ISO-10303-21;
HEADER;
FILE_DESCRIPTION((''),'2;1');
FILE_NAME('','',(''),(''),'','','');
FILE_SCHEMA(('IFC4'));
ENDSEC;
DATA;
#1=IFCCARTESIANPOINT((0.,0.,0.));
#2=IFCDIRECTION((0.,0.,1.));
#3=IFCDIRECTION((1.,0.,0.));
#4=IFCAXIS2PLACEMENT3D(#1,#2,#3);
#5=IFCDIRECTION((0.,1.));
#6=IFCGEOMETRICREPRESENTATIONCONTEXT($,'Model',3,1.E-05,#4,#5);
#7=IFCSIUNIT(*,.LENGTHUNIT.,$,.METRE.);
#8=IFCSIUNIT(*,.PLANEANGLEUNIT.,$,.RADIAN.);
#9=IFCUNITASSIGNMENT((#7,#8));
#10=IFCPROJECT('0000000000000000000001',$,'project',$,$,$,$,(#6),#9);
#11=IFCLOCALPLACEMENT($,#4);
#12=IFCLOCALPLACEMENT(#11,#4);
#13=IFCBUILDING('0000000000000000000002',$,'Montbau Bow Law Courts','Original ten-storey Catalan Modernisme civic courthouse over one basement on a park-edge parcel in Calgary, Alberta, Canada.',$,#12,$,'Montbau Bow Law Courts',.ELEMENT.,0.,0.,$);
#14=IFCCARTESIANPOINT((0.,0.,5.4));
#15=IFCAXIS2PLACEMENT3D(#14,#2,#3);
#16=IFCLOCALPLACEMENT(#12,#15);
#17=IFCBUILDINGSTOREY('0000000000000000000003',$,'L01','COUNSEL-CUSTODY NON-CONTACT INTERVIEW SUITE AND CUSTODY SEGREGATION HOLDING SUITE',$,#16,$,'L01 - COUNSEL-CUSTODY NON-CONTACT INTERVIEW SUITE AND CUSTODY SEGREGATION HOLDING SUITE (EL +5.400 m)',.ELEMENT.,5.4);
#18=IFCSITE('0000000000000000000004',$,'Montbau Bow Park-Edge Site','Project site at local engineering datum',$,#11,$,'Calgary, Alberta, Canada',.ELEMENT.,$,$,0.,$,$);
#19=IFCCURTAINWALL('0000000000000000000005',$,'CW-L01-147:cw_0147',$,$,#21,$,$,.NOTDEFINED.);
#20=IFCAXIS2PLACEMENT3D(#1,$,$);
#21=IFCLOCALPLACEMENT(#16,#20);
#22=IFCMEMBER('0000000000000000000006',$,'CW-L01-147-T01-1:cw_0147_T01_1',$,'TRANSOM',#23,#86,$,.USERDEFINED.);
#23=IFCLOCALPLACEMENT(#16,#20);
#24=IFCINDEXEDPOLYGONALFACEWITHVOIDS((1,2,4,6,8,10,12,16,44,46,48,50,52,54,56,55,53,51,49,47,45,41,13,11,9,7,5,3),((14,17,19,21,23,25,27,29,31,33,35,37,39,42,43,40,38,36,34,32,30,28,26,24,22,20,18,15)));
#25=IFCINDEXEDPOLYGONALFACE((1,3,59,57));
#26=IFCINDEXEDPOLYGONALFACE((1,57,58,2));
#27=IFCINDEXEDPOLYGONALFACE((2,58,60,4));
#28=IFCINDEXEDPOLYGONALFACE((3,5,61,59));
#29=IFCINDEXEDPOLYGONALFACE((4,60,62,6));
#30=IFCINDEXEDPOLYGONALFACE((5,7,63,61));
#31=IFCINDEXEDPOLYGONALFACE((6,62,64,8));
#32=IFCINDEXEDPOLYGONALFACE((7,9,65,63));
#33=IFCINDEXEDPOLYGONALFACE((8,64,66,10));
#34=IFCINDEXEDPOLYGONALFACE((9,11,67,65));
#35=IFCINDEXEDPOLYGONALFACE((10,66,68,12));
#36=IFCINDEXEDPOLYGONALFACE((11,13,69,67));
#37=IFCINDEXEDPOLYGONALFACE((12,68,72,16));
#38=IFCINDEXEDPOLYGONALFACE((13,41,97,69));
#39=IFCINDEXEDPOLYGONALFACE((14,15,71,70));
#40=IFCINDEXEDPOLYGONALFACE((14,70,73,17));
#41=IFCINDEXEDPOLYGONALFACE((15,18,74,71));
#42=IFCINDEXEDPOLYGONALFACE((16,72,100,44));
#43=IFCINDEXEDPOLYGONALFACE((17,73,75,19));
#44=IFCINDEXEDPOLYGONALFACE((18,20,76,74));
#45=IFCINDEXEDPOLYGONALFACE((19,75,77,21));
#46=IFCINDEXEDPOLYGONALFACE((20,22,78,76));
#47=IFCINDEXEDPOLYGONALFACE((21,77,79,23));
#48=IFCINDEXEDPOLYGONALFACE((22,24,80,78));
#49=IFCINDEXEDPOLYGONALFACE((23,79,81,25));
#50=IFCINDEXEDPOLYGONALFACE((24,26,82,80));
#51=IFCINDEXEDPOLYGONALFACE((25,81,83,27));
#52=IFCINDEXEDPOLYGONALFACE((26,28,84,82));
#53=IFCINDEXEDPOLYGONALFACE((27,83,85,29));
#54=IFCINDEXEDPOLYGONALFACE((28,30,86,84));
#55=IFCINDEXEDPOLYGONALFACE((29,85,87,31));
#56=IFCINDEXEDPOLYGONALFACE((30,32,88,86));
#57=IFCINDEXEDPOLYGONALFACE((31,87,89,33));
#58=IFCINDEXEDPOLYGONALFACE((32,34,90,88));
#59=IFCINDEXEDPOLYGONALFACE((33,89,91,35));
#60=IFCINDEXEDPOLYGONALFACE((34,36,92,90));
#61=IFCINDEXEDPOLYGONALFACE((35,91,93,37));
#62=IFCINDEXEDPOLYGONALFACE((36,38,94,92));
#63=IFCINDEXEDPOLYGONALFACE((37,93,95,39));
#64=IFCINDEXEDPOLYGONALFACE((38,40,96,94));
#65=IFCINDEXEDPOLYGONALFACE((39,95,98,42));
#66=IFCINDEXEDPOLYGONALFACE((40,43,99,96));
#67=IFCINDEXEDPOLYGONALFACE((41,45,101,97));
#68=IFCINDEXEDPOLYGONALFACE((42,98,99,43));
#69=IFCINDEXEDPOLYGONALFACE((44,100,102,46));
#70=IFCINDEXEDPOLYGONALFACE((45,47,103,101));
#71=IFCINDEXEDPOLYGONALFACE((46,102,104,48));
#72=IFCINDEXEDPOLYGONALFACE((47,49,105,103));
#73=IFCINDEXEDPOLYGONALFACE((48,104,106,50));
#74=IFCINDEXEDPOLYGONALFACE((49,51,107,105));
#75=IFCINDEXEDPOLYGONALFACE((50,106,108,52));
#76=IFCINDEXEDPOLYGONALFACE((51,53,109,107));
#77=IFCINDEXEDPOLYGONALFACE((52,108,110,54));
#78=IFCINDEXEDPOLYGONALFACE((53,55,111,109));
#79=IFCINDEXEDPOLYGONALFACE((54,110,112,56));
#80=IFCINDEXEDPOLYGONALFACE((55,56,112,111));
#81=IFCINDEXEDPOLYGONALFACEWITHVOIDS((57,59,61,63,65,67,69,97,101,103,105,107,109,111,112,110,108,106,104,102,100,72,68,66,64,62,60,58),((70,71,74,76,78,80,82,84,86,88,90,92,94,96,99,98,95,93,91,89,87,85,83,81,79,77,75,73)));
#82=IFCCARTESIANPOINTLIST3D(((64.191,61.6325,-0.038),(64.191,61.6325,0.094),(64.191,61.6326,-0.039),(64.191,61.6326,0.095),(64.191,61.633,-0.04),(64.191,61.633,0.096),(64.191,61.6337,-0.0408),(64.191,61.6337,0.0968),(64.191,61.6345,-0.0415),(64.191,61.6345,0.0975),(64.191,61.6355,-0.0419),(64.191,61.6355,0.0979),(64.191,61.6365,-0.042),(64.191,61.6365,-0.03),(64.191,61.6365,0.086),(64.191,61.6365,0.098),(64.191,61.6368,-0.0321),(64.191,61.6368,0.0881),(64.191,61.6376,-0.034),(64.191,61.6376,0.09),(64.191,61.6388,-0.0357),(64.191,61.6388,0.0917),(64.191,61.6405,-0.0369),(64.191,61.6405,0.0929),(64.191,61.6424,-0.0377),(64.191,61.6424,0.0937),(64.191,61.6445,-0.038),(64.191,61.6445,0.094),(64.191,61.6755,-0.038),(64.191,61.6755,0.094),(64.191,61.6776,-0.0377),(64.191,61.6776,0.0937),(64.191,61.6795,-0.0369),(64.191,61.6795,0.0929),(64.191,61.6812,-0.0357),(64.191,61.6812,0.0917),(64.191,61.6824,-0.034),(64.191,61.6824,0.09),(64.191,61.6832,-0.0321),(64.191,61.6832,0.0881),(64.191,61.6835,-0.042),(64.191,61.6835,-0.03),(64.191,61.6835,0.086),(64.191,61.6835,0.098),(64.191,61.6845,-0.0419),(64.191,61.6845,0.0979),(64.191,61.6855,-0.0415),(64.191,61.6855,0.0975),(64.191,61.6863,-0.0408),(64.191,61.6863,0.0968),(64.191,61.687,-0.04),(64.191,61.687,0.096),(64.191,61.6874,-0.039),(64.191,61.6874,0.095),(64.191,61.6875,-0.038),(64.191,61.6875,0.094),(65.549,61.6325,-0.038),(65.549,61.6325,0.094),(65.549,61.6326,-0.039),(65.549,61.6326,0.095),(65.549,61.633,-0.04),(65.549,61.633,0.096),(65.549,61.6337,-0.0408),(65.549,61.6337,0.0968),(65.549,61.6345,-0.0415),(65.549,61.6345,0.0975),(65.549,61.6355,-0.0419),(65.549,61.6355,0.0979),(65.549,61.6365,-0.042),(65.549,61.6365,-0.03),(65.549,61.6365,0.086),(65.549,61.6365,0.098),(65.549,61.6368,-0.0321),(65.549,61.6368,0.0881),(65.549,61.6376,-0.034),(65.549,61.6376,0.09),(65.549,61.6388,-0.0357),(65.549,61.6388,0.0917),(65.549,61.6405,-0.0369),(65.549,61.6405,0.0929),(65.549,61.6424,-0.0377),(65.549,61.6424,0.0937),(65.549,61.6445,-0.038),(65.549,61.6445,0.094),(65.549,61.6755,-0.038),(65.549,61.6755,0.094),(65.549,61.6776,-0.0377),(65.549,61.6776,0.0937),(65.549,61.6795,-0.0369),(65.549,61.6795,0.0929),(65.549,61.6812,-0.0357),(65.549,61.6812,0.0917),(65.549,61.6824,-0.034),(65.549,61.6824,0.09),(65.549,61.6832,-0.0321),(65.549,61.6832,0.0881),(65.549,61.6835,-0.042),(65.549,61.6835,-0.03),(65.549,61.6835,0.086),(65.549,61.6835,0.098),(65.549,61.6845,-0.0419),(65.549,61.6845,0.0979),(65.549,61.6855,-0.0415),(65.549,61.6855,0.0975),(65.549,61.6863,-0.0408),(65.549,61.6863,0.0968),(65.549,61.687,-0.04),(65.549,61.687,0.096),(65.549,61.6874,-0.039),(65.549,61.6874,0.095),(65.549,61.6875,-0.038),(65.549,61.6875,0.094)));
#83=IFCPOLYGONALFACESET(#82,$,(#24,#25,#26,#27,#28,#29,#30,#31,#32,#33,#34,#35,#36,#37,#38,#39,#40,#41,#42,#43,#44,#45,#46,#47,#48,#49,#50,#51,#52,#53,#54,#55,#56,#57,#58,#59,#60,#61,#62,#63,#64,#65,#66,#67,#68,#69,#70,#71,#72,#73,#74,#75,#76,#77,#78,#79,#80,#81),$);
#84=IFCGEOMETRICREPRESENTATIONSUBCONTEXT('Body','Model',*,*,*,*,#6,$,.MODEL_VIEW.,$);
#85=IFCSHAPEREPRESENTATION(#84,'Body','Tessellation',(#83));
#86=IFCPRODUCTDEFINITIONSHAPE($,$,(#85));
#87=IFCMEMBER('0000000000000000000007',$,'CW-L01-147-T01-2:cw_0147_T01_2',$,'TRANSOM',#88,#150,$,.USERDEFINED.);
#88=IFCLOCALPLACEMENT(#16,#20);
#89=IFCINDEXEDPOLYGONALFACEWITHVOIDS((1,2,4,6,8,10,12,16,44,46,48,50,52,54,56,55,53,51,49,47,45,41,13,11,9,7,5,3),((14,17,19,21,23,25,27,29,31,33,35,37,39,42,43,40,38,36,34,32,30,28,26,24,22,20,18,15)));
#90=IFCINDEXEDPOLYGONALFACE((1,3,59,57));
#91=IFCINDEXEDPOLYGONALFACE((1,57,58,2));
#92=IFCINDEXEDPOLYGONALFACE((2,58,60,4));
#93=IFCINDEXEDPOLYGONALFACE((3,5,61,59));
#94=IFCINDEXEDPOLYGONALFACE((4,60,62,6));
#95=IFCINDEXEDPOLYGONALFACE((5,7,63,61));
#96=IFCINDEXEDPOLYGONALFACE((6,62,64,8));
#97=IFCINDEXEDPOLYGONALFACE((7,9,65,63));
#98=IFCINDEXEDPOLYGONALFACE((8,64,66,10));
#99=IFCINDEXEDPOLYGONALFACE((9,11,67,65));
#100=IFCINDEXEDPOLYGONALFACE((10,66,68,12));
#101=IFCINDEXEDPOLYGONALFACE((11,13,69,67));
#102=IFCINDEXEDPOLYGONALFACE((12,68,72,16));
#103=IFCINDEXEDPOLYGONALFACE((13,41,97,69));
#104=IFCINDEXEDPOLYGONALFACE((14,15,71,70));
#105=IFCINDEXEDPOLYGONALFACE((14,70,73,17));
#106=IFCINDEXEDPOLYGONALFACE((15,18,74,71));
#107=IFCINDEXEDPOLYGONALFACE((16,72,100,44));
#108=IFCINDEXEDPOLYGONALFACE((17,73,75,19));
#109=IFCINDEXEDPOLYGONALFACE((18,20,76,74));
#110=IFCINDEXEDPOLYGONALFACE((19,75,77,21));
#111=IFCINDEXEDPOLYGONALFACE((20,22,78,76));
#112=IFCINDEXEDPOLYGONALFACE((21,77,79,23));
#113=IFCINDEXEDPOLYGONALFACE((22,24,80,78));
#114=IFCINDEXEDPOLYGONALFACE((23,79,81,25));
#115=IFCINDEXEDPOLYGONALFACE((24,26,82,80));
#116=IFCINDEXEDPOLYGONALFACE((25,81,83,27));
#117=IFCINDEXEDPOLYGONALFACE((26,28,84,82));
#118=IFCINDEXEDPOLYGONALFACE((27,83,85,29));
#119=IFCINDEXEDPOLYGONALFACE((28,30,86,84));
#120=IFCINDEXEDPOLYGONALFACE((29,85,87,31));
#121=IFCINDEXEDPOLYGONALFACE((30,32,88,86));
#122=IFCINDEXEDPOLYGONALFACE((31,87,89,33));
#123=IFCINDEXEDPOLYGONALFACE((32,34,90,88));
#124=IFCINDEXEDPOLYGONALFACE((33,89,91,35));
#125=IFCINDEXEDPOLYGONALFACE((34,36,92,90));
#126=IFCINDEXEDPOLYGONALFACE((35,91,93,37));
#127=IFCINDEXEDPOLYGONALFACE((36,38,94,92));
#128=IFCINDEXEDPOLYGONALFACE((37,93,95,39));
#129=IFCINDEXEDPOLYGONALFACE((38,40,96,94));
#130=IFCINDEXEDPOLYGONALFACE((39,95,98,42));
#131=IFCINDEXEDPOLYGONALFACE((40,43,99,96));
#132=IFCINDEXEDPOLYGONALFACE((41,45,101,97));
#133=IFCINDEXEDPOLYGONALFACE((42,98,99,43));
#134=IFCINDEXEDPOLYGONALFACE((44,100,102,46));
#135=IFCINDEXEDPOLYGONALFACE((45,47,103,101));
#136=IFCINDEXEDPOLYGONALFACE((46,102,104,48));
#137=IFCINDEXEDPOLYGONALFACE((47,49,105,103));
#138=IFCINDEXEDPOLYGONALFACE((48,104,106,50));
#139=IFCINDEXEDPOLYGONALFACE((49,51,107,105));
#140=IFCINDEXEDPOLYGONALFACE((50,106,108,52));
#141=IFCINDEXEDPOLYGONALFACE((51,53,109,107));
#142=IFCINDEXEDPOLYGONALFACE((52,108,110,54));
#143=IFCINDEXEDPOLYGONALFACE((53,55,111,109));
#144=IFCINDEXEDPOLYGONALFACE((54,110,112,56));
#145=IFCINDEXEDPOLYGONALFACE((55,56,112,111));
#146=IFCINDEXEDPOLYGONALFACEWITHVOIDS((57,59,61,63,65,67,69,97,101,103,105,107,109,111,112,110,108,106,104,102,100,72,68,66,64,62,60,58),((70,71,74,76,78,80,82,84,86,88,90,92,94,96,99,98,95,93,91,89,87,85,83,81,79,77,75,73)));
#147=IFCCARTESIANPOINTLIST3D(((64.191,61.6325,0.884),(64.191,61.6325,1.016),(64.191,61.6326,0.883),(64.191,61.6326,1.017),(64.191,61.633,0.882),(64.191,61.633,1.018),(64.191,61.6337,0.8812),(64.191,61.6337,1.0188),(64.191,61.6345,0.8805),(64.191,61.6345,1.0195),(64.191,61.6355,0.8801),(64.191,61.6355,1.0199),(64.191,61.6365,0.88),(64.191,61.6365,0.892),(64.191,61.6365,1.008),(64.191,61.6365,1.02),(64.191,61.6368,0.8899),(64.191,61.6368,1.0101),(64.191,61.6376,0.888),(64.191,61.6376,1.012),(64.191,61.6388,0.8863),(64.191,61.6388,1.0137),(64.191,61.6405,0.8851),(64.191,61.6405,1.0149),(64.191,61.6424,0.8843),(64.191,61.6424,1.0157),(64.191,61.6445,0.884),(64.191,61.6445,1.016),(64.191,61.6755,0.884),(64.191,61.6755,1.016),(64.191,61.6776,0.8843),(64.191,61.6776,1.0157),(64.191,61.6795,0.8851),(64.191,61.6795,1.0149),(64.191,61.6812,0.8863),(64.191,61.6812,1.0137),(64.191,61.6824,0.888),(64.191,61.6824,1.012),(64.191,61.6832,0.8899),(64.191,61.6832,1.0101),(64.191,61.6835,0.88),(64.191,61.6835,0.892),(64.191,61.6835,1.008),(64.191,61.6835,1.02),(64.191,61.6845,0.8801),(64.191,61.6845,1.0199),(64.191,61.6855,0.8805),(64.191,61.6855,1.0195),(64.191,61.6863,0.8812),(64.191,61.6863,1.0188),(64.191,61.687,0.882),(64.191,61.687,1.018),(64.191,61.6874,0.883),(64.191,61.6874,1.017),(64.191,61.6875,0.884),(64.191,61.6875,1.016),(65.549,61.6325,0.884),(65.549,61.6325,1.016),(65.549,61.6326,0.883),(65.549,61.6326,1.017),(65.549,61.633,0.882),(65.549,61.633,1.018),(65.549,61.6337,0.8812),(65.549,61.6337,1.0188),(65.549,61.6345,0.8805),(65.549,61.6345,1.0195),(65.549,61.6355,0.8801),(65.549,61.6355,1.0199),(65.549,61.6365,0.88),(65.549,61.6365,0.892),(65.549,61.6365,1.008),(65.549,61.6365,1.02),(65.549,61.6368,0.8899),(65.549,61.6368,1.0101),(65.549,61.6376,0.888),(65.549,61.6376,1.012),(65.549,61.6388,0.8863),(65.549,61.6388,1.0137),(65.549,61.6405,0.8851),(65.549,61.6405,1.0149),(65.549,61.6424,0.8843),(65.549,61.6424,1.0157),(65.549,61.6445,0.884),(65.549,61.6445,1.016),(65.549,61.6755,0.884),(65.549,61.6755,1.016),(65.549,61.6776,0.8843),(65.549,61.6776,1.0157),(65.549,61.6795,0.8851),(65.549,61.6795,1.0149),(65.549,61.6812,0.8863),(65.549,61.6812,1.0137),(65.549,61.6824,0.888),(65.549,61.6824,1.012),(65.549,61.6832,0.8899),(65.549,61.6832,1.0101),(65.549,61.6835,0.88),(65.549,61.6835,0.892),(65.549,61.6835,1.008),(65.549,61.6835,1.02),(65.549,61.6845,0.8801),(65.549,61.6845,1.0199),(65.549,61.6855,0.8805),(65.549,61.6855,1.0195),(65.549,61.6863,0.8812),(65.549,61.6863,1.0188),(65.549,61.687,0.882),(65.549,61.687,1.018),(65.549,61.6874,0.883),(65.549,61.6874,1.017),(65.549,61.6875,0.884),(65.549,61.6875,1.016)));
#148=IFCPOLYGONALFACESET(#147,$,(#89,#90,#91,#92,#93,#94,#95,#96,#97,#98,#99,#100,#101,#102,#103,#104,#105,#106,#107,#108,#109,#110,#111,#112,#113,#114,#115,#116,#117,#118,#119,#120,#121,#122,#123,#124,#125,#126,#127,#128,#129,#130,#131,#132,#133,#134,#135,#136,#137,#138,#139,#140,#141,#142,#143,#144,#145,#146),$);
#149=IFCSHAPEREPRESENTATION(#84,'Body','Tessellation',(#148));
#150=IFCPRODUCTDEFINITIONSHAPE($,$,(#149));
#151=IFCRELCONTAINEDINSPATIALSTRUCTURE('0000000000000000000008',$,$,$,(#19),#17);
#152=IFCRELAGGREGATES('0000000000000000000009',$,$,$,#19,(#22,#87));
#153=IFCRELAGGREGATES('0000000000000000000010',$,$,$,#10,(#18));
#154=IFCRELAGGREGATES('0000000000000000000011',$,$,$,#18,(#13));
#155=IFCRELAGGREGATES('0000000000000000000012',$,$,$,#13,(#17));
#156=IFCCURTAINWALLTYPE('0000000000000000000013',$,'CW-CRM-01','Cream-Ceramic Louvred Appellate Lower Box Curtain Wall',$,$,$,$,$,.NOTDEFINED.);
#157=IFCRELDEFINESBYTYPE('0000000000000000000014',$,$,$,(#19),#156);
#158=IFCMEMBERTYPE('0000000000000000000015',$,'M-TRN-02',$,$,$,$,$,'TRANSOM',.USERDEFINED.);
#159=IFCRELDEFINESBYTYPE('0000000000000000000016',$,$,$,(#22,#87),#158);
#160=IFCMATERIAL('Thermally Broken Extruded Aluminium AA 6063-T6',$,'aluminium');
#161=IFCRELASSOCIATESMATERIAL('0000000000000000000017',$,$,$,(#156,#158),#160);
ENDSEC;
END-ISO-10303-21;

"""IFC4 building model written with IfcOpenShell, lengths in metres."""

from ifc_helpers import new_model, si_unit, direction, frame, origin_with_axes, origin_2d_with_axis, place, context, subcontext, project, spatial, hollow_rectangle, extrude, material, material_profile, profile_set, type_object, element, aggregate, save


model = new_model("IFC4")

# Units and contexts
model_context = context("Model", 3, precision=1e-05, world=origin_with_axes(), true_north=direction((0.0, 1.0)))
body_context = subcontext(model_context, "Body", "Model", "MODEL_VIEW")
ifc_project = project(units=[si_unit("LENGTHUNIT", "METRE"), si_unit("PLANEANGLEUNIT", "RADIAN")], contexts=[model_context])

# Site, building, storey
site_placement = place(None, origin_with_axes())
site = spatial("IfcSite", under=ifc_project, at=site_placement, Name="Montbau Bow Park-Edge Site", Description="Project site at local engineering datum", LongName="Calgary, Alberta, Canada", CompositionType="ELEMENT", RefElevation=0.0)
building_placement = place(site_placement, origin_with_axes())
building = spatial("IfcBuilding", under=site, at=building_placement, Name="Montbau Bow Law Courts", Description="Original ten-storey Catalan Modernisme civic courthouse over one basement on a park-edge parcel in Calgary, Alberta, Canada.", LongName="Montbau Bow Law Courts", CompositionType="ELEMENT", ElevationOfRefHeight=0.0, ElevationOfTerrain=0.0)
storey_placement = place(building_placement, frame((0.0, 0.0, 5.4), z_axis=(0.0, 0.0, 1.0), x_axis=(1.0, 0.0, 0.0)))
storey = spatial("IfcBuildingStorey", under=building, at=storey_placement, Name="L01", Description="COUNSEL-CUSTODY NON-CONTACT INTERVIEW SUITE AND CUSTODY SEGREGATION HOLDING SUITE", LongName="L01 - COUNSEL-CUSTODY NON-CONTACT INTERVIEW SUITE AND CUSTODY SEGREGATION HOLDING SUITE (EL +5.400 m)", CompositionType="ELEMENT", Elevation=5.4)

# Curtain wall, members
ifc_material_1 = material(Name="Thermally Broken Extruded Aluminium AA 6063-T6", Category="aluminium")
curtain_wall_type = type_object("IfcCurtainWallType", Name="CW-CRM-01", Description="Cream-Ceramic Louvred Appellate Lower Box Curtain Wall", PredefinedType="NOTDEFINED", material=ifc_material_1)
curtain_wall_placement = place(None, frame((64.115, 61.66, 5.4), z_axis=(0.0, 0.0, 1.0), x_axis=(1.0, 0.0, 0.0)))
curtain_wall = element("IfcCurtainWall", 1, at=curtain_wall_placement, inside=storey, type_object=curtain_wall_type, Name="CW-L01-147:cw_0147", PredefinedType="NOTDEFINED")
ifc_material_profile_1 = material_profile(ifc_material_1, hollow_rectangle(XDim=0.055, YDim=0.14, WallThickness=0.004, InnerFilletRadius=0.008, OuterFilletRadius=0.004, at=origin_2d_with_axis()), Name="CWT-140X55", Category="Main", Priority=0)
ifc_profile_set_1 = profile_set([ifc_material_profile_1], Name="Thermally Broken Extruded Aluminium AA 6063-T6")
member_type_1 = type_object("IfcMemberType", Name="M-TRN-02", ElementType="TRANSOM", PredefinedType="USERDEFINED", material=ifc_profile_set_1)
member_1_placement = place(None, frame((64.191, 61.66, 5.428), z_axis=(1.0, 0.0, 0.0), x_axis=(0.0, 1.0, 0.0)))
member_1 = element("IfcMember", 2, at=member_1_placement, type_object=member_type_1, Name="CW-L01-147-T01-1:cw_0147_T01_1", ObjectType="TRANSOM", PredefinedType="USERDEFINED", context=body_context, shape_type="SweptSolid", body=[
    extrude(hollow_rectangle(XDim=0.055, YDim=0.14, WallThickness=0.004, InnerFilletRadius=0.008, OuterFilletRadius=0.004, at=origin_2d_with_axis()), origin_with_axes(), (0.0, 0.0, 1.0), 1.358),
])
member_2_placement = place(None, frame((64.191, 61.66, 6.35), z_axis=(1.0, 0.0, 0.0), x_axis=(0.0, 1.0, 0.0)))
member_2 = element("IfcMember", 3, at=member_2_placement, type_object=member_type_1, Name="CW-L01-147-T01-2:cw_0147_T01_2", ObjectType="TRANSOM", PredefinedType="USERDEFINED", context=body_context, shape_type="SweptSolid", body=[
    extrude(hollow_rectangle(XDim=0.055, YDim=0.14, WallThickness=0.004, InnerFilletRadius=0.008, OuterFilletRadius=0.004, at=origin_2d_with_axis()), origin_with_axes(), (0.0, 0.0, 1.0), 1.358),
])
aggregate(curtain_wall, [member_1, member_2])

save(model, "model.ifc")
